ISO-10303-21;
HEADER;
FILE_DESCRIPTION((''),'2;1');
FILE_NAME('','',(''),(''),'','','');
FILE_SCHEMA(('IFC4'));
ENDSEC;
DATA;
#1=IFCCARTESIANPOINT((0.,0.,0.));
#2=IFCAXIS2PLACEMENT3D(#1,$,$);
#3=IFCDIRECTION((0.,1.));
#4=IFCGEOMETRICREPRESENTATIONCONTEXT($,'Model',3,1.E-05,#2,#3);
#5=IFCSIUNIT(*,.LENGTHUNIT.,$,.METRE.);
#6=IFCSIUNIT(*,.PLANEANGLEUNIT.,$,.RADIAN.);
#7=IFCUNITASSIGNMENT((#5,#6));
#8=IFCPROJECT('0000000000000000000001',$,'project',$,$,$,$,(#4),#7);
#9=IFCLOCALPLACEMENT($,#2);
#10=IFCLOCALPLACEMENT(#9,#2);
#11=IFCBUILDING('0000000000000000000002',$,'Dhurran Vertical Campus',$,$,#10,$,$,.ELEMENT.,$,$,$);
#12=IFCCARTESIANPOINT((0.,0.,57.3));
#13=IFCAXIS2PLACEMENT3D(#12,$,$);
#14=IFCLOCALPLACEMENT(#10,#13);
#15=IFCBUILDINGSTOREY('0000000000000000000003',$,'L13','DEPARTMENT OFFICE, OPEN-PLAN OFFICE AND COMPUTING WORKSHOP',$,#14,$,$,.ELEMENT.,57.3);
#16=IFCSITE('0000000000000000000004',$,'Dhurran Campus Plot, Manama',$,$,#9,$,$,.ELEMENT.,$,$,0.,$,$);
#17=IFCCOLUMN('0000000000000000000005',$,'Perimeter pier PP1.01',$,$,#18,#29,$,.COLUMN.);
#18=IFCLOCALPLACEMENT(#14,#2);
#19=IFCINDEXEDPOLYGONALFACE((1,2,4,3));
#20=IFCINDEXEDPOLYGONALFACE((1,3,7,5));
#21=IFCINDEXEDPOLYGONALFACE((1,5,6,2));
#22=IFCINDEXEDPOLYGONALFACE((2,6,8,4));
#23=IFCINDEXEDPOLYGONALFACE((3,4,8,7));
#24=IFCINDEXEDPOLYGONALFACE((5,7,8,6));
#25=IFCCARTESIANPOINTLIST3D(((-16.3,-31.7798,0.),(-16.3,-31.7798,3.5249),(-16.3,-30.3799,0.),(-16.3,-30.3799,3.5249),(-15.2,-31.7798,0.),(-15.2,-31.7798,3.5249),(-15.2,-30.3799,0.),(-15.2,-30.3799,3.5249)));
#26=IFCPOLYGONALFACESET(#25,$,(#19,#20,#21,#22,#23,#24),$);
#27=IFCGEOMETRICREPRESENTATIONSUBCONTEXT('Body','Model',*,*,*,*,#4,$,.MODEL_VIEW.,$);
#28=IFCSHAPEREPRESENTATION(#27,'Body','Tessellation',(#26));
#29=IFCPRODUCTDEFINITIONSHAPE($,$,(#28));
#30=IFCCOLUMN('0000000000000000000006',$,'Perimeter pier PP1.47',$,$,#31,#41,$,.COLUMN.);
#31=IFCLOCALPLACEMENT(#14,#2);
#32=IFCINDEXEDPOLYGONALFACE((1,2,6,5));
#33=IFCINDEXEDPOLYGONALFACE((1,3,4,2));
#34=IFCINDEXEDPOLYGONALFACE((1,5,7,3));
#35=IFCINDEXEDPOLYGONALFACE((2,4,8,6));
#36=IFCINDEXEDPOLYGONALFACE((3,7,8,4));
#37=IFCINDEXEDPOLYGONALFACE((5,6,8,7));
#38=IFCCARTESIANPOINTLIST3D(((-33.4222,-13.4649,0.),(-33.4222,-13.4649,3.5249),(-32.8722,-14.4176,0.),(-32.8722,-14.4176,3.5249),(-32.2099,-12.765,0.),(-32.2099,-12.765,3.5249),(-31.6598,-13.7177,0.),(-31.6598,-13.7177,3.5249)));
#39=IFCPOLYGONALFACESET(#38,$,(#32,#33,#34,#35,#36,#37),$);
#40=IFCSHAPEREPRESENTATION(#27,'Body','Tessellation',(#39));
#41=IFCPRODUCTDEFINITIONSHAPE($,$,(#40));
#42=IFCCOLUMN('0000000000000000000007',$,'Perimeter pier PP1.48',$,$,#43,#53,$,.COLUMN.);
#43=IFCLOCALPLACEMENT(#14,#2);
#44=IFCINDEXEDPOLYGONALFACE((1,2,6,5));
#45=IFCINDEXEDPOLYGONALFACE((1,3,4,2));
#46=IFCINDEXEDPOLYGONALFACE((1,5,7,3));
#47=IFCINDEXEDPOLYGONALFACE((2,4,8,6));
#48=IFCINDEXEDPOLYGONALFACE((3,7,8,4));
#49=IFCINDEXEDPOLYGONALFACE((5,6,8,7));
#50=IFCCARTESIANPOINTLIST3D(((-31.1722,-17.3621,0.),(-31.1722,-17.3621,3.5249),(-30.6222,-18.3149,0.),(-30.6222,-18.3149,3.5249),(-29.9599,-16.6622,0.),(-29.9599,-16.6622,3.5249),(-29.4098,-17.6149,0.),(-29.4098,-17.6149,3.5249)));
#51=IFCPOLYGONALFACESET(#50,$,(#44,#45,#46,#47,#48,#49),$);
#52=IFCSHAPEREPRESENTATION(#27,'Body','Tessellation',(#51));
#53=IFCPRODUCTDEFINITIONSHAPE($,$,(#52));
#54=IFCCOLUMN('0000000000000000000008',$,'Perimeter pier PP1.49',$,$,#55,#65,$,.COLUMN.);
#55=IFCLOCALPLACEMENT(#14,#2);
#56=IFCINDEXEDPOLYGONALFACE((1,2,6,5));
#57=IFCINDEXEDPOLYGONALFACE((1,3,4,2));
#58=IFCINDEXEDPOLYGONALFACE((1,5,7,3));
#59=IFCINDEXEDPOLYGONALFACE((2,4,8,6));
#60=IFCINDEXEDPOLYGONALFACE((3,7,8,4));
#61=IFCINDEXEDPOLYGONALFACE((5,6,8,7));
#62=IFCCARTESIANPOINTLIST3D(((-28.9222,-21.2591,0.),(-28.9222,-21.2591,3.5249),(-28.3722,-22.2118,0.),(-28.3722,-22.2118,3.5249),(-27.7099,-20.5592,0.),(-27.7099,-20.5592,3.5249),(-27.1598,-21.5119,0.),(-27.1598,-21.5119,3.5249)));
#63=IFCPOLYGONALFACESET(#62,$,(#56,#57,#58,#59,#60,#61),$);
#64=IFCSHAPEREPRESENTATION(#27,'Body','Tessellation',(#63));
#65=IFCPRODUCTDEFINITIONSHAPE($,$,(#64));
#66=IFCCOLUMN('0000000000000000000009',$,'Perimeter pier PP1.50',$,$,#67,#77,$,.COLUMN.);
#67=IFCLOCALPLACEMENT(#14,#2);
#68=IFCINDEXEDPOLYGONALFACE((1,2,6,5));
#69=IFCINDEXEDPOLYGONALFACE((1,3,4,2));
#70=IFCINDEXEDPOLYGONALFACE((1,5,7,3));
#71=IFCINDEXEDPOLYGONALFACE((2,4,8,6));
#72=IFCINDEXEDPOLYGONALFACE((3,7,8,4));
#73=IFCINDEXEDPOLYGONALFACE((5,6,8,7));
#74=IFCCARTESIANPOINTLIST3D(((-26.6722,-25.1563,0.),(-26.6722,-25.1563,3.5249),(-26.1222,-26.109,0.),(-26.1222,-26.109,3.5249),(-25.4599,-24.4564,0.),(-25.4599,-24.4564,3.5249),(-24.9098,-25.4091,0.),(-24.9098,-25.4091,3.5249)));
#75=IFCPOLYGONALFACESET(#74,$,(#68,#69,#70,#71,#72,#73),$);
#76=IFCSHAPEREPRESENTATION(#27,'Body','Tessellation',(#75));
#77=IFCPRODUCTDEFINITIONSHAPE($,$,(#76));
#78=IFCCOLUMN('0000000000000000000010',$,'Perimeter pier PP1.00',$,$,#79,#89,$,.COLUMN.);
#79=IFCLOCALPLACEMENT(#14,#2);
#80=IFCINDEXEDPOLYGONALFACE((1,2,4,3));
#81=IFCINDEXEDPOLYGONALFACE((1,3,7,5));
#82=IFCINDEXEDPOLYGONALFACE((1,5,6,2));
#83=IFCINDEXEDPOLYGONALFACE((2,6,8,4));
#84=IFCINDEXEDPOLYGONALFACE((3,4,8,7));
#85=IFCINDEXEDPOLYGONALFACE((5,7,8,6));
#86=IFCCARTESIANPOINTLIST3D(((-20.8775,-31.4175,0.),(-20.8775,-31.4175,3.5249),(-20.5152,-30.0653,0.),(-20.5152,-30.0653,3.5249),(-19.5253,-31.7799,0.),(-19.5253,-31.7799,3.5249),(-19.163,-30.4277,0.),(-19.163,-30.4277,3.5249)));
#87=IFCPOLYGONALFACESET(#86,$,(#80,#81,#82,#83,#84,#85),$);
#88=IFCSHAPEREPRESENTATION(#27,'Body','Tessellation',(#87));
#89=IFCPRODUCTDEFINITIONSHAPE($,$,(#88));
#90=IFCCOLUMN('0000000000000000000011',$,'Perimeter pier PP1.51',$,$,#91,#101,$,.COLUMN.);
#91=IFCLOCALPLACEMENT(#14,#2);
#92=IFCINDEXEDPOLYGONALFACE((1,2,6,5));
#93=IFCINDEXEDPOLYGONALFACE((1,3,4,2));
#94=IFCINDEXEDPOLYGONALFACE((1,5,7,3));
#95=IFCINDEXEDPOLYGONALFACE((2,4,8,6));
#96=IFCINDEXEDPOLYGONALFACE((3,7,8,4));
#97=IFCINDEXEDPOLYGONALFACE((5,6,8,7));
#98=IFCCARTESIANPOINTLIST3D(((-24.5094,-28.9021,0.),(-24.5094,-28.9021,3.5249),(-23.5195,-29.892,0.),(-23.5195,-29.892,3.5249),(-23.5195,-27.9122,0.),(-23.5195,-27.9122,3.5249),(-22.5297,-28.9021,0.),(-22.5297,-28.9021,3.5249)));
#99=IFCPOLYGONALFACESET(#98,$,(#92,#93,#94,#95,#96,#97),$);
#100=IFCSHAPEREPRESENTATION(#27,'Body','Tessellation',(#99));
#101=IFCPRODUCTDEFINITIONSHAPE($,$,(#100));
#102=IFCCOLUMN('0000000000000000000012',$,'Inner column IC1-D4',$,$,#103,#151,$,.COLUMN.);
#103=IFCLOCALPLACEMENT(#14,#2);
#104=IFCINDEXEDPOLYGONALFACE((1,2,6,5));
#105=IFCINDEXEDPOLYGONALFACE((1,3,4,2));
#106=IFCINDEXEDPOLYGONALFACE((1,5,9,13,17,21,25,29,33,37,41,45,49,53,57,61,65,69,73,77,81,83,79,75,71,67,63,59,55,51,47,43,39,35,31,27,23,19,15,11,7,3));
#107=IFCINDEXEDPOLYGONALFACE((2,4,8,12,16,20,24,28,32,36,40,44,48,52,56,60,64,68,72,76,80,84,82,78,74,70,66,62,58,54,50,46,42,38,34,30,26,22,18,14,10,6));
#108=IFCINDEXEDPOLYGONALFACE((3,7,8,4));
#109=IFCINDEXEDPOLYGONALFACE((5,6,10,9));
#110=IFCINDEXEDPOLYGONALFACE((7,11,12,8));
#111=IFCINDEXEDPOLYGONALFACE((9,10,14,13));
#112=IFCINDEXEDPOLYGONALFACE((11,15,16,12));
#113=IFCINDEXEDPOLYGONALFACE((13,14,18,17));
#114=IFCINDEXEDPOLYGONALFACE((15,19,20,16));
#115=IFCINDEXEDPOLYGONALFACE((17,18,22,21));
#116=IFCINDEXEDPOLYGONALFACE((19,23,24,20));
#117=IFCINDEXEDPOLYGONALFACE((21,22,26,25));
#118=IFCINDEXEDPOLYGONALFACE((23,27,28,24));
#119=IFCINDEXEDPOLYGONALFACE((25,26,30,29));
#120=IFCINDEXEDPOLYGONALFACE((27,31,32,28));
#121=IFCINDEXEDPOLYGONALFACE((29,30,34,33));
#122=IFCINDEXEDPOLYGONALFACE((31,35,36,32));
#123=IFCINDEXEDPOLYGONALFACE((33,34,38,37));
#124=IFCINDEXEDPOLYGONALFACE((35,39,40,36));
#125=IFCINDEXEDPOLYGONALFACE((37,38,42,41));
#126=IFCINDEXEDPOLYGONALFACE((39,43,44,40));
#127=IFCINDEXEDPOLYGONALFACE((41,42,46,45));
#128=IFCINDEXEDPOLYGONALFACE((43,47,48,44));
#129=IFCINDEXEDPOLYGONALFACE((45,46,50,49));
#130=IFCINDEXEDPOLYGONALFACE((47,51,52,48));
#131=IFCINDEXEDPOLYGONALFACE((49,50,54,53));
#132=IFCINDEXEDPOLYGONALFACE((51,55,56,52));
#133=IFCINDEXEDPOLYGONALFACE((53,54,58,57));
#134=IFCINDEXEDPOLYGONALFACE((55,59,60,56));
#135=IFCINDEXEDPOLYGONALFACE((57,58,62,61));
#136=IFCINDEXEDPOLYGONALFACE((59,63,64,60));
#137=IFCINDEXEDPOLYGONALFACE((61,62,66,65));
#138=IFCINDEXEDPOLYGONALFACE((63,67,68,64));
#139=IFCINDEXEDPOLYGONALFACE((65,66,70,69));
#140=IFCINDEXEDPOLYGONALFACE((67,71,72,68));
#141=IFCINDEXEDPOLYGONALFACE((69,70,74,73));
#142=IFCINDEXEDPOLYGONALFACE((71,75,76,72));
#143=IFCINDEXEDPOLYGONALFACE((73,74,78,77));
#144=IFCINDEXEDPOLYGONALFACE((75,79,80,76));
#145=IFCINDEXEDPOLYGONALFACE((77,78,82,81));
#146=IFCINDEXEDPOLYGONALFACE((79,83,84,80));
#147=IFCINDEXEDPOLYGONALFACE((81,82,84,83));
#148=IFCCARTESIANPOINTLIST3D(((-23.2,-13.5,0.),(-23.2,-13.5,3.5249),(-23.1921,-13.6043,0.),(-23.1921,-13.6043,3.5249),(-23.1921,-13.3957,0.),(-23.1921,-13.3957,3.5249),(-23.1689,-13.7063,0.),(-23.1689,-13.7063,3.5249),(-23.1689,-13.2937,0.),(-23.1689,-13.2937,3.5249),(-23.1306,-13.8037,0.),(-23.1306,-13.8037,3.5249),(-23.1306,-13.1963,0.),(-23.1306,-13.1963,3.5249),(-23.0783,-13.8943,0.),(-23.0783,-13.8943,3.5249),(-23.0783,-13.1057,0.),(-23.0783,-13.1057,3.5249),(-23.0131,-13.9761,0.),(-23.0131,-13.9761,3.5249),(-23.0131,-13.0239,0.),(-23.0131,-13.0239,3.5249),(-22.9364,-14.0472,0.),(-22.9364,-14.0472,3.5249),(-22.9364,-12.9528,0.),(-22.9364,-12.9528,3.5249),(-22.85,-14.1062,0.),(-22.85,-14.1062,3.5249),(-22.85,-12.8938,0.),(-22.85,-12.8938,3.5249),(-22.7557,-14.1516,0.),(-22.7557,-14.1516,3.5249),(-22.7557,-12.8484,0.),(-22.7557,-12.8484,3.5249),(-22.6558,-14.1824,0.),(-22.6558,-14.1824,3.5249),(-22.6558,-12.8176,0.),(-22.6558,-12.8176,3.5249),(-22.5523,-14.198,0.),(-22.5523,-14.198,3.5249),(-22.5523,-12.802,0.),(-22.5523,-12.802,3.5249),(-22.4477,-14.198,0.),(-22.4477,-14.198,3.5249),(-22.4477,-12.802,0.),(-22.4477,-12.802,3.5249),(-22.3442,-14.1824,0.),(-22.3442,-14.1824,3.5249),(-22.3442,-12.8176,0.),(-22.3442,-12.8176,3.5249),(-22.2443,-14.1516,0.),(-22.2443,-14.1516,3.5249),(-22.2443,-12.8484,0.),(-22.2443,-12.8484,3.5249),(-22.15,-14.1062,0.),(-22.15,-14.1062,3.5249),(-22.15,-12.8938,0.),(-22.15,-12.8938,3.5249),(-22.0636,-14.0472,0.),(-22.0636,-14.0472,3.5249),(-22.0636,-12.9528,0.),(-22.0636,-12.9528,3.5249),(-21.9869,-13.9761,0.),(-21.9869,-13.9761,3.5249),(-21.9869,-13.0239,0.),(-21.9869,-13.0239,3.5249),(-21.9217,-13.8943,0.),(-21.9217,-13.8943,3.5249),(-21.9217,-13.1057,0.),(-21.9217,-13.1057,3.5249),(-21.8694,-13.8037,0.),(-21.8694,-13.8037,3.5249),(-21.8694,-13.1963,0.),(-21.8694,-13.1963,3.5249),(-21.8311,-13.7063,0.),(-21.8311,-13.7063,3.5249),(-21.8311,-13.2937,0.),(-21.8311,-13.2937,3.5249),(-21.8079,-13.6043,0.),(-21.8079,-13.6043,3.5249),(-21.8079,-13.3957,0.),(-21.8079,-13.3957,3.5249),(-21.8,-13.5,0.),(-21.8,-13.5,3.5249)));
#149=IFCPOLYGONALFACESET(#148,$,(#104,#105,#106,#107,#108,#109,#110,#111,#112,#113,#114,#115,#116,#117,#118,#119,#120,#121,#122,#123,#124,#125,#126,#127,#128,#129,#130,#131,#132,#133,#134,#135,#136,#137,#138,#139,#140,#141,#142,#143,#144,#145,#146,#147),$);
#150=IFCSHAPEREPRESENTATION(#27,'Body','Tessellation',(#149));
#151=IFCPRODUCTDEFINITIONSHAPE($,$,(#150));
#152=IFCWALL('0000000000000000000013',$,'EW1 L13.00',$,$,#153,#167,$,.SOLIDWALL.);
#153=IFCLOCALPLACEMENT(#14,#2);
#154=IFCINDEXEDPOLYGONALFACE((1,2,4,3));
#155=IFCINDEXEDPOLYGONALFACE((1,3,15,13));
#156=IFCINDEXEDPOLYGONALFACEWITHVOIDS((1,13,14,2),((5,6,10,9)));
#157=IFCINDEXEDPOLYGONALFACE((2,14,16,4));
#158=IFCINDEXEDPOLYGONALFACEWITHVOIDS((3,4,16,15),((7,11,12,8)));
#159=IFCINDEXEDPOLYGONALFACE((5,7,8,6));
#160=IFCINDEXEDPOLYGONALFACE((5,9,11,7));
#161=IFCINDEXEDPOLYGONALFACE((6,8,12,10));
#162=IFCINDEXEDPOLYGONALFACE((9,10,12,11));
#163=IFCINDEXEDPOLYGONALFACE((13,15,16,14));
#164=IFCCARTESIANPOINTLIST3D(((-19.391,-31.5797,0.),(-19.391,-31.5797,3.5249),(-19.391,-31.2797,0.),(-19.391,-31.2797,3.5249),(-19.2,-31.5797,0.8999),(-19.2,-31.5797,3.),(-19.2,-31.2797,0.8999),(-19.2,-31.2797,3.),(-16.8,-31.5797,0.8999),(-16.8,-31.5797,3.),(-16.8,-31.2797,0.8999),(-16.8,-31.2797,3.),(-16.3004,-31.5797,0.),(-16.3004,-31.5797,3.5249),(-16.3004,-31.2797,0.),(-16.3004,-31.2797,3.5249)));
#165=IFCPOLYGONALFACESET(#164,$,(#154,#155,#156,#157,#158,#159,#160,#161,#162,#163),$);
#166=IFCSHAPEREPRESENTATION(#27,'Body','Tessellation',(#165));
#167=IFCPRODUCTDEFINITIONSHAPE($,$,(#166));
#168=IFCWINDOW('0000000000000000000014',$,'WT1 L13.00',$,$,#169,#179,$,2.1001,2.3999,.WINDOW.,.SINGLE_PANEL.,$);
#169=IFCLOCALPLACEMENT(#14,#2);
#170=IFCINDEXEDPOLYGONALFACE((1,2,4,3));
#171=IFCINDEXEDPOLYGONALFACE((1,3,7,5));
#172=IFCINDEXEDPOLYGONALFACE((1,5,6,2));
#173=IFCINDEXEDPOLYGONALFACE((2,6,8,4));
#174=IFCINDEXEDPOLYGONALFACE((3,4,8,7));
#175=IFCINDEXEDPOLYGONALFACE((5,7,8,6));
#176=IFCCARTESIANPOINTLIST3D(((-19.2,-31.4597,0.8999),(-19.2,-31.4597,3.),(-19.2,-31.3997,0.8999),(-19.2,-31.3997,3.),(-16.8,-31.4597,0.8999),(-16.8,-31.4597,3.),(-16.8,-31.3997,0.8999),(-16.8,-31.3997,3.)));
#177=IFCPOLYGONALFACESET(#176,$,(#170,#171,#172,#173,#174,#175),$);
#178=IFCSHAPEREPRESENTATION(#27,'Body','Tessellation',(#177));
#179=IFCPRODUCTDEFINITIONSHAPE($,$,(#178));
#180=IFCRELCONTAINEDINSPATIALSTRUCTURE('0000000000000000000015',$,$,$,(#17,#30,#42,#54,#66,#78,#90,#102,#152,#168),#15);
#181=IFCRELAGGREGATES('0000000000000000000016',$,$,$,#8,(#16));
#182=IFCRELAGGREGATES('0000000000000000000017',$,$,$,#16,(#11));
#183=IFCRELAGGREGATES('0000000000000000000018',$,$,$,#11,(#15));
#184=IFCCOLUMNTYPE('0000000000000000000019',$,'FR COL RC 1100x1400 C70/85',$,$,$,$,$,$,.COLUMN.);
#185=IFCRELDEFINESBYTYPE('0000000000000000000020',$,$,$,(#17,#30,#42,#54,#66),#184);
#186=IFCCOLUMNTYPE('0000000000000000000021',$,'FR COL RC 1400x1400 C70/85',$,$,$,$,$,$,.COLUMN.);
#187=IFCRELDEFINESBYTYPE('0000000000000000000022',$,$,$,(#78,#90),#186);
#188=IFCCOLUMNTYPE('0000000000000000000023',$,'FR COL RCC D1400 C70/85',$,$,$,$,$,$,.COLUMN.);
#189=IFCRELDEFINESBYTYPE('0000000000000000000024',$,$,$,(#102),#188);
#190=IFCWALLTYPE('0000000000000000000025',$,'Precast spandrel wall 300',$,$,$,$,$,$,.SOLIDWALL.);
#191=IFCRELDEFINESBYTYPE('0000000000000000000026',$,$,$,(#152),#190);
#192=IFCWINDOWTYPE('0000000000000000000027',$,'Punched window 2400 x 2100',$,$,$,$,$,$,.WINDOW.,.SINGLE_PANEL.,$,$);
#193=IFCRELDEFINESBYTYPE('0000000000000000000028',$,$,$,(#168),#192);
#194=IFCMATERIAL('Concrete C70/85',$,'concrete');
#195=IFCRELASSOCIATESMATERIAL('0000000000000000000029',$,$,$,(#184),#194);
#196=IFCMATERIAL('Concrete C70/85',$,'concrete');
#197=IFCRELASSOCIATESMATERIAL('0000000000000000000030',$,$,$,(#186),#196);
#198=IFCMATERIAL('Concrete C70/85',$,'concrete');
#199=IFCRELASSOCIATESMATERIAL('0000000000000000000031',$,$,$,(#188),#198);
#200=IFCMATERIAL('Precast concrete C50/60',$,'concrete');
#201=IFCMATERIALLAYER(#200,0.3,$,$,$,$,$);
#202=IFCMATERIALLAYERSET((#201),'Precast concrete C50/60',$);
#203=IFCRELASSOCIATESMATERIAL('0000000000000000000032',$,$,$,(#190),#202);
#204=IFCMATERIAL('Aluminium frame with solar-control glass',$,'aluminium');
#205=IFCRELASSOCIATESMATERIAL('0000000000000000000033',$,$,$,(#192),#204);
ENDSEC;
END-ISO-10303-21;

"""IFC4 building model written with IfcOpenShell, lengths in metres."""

from ifc_helpers import new_model, si_unit, direction, frame, frame_2d, origin, origin_2d, place, context, subcontext, project, spatial, rectangle, circle, extrude, material, layer, layer_set, material_profile, profile_set, type_object, element, fill, save


model = new_model("IFC4")

# Units and contexts
model_context = context("Model", 3, precision=1e-05, world=origin(), true_north=direction((0.0, 1.0)))
body_context = subcontext(model_context, "Body", "Model", "MODEL_VIEW")
ifc_project = project(units=[si_unit("LENGTHUNIT", "METRE"), si_unit("PLANEANGLEUNIT", "RADIAN")], contexts=[model_context])

# Site, building, storey
site_placement = place(None, origin())
site = spatial("IfcSite", under=ifc_project, at=site_placement, Name="Dhurran Campus Plot, Manama", CompositionType="ELEMENT", RefElevation=0.0)
building_placement = place(site_placement, origin())
building = spatial("IfcBuilding", under=site, at=building_placement, Name="Dhurran Vertical Campus", CompositionType="ELEMENT")
storey_placement = place(building_placement, frame((0.0, 0.0, 57.3)))
storey = spatial("IfcBuildingStorey", under=building, at=storey_placement, Name="L13", Description="DEPARTMENT OFFICE, OPEN-PLAN OFFICE AND COMPUTING WORKSHOP", CompositionType="ELEMENT", Elevation=57.3)

# Columns
ifc_material_1 = material(Name="Concrete C70/85", Category="concrete")
ifc_material_profile_1 = material_profile(ifc_material_1, rectangle(XDim=1.1001, YDim=1.3999, at=origin_2d()), Name="RC 1100x1400")
ifc_profile_set_1 = profile_set([ifc_material_profile_1], Name="Concrete C70/85")
column_type_1 = type_object("IfcColumnType", Name="FR COL RC 1100x1400 C70/85", PredefinedType="COLUMN", material=ifc_profile_set_1)
for number, where, z_axis, x_axis, name in (
    (1, (-15.75, -31.0798, 0.0), (0.0, 0.0, 1.0), (1.0, 0.0, 0.0), "Perimeter pier PP1.01"),
    (2, (-32.541, -13.5913, 0.0), (0.0, 0.0, 1.0), (0.5, -0.866025, 0.0), "Perimeter pier PP1.47"),
    (3, (-30.291, -17.4885, 0.0), (0.0, 0.0, 1.0), (0.5, -0.866025, 0.0), "Perimeter pier PP1.48"),
    (4, (-28.041, -21.3855, 0.0), (0.0, 0.0, 1.0), (0.5, -0.866025, 0.0), "Perimeter pier PP1.49"),
    (5, (-25.791, -25.2827, 0.0), (0.0, 0.0, 1.0), (0.5, -0.866025, 0.0), "Perimeter pier PP1.50"),
):
    element("IfcColumn", number, at=place(storey_placement, frame(where, z_axis=z_axis, x_axis=x_axis)), inside=storey, type_object=column_type_1, Name=name, PredefinedType="COLUMN", context=body_context, shape_type="SweptSolid", body=[
        extrude(rectangle(XDim=1.1001, YDim=1.3999, at=origin_2d()), origin(), (0.0, 0.0, 1.0), 3.5249),
    ])
ifc_material_2 = material(Name="Concrete C70/85", Category="concrete")
ifc_material_profile_2 = material_profile(ifc_material_2, rectangle(XDim=1.3999, YDim=1.3999, at=origin_2d()), Name="RC 1400x1400")
ifc_profile_set_2 = profile_set([ifc_material_profile_2], Name="Concrete C70/85")
column_type_2 = type_object("IfcColumnType", Name="FR COL RC 1400x1400 C70/85", PredefinedType="COLUMN", material=ifc_profile_set_2)
for number, where, z_axis, x_axis, name in (
    (6, (-20.0203, -30.9226, 0.0), (0.0, 0.0, 1.0), (0.965926, -0.258819, 0.0), "Perimeter pier PP1.00"),
    (7, (-23.5195, -28.9021, 0.0), (0.0, 0.0, 1.0), (0.707107, -0.707107, 0.0), "Perimeter pier PP1.51"),
):
    element("IfcColumn", number, at=place(storey_placement, frame(where, z_axis=z_axis, x_axis=x_axis)), inside=storey, type_object=column_type_2, Name=name, PredefinedType="COLUMN", context=body_context, shape_type="SweptSolid", body=[
        extrude(rectangle(XDim=1.3999, YDim=1.3999, at=origin_2d()), origin(), (0.0, 0.0, 1.0), 3.5249),
    ])
ifc_material_3 = material(Name="Concrete C70/85", Category="concrete")
ifc_material_profile_3 = material_profile(ifc_material_3, circle(Radius=0.7, at=origin_2d()), Name="RCC D1400")
ifc_profile_set_3 = profile_set([ifc_material_profile_3], Name="Concrete C70/85")
column_type_3 = type_object("IfcColumnType", Name="FR COL RCC D1400 C70/85", PredefinedType="COLUMN", material=ifc_profile_set_3)
column_placement = place(storey_placement, frame((-22.5, -13.5, 0.0), z_axis=(0.0, 0.0, 1.0), x_axis=(1.0, 0.0, 0.0)))
element("IfcColumn", 8, at=column_placement, inside=storey, type_object=column_type_3, Name="Inner column IC1-D4", PredefinedType="COLUMN", context=body_context, shape_type="SweptSolid", body=[
    extrude(circle(Radius=0.7, at=origin_2d()), origin(), (0.0, 0.0, 1.0), 3.5249),
])

# Wall, opening, window
ifc_material_4 = material(Name="Precast concrete C50/60", Category="concrete")
ifc_layer_1 = layer(ifc_material_4, 0.3)
ifc_layer_set_1 = layer_set([ifc_layer_1], Name="Precast concrete C50/60")
wall_type_1 = type_object("IfcWallType", Name="Precast spandrel wall 300", PredefinedType="SOLIDWALL", material=ifc_layer_set_1)
wall_1_placement = place(storey_placement, frame((-19.3911, -31.4297, 0.0), z_axis=(0.0, 0.0, 1.0), x_axis=(1.0, 0.0, 0.0)))
wall_1 = element("IfcWall", 9, at=wall_1_placement, inside=storey, type_object=wall_type_1, Name="EW1 L13.00", PredefinedType="SOLIDWALL", context=body_context, shape_type="SweptSolid", body=[
    extrude(rectangle(XDim=3.0906, YDim=0.3, at=frame_2d((1.5454, 0.0))), origin(), (0.0, 0.0, 1.0), 3.5249),
])
opening_1_placement = place(wall_1_placement, frame((0.1912, 0.0, 0.8999)))
opening_1 = element("IfcOpeningElement", 10, at=opening_1_placement, cuts=wall_1, PredefinedType="OPENING", context=body_context, shape_type="SweptSolid", body=[
    extrude(rectangle(XDim=2.3999, YDim=2.1001, at=frame_2d((1.2, 1.05))), frame((0.0, 0.1599, 0.0), z_axis=(0.0, -1.0, 0.0), x_axis=(1.0, 0.0, 0.0)), (0.0, 0.0, 1.0), 0.3201),
])
ifc_material_5 = material(Name="Aluminium frame with solar-control glass", Category="aluminium")
window_type = type_object("IfcWindowType", Name="Punched window 2400 x 2100", PartitioningType="SINGLE_PANEL", PredefinedType="WINDOW", material=ifc_material_5)
window_1_placement = place(opening_1_placement, origin())
window_1 = element("IfcWindow", 11, at=window_1_placement, inside=storey, type_object=window_type, Name="WT1 L13.00", OverallHeight=2.1001, OverallWidth=2.3999, PartitioningType="SINGLE_PANEL", PredefinedType="WINDOW", context=body_context, shape_type="SweptSolid", body=[
    extrude(rectangle(XDim=2.3999, YDim=2.1001, at=frame_2d((1.2, 1.05))), frame((0.0, 0.03, 0.0), z_axis=(0.0, -1.0, 0.0), x_axis=(1.0, 0.0, 0.0)), (0.0, 0.0, 1.0), 0.0601),
])
fill(opening_1, window_1)

save(model, "model.ifc")
